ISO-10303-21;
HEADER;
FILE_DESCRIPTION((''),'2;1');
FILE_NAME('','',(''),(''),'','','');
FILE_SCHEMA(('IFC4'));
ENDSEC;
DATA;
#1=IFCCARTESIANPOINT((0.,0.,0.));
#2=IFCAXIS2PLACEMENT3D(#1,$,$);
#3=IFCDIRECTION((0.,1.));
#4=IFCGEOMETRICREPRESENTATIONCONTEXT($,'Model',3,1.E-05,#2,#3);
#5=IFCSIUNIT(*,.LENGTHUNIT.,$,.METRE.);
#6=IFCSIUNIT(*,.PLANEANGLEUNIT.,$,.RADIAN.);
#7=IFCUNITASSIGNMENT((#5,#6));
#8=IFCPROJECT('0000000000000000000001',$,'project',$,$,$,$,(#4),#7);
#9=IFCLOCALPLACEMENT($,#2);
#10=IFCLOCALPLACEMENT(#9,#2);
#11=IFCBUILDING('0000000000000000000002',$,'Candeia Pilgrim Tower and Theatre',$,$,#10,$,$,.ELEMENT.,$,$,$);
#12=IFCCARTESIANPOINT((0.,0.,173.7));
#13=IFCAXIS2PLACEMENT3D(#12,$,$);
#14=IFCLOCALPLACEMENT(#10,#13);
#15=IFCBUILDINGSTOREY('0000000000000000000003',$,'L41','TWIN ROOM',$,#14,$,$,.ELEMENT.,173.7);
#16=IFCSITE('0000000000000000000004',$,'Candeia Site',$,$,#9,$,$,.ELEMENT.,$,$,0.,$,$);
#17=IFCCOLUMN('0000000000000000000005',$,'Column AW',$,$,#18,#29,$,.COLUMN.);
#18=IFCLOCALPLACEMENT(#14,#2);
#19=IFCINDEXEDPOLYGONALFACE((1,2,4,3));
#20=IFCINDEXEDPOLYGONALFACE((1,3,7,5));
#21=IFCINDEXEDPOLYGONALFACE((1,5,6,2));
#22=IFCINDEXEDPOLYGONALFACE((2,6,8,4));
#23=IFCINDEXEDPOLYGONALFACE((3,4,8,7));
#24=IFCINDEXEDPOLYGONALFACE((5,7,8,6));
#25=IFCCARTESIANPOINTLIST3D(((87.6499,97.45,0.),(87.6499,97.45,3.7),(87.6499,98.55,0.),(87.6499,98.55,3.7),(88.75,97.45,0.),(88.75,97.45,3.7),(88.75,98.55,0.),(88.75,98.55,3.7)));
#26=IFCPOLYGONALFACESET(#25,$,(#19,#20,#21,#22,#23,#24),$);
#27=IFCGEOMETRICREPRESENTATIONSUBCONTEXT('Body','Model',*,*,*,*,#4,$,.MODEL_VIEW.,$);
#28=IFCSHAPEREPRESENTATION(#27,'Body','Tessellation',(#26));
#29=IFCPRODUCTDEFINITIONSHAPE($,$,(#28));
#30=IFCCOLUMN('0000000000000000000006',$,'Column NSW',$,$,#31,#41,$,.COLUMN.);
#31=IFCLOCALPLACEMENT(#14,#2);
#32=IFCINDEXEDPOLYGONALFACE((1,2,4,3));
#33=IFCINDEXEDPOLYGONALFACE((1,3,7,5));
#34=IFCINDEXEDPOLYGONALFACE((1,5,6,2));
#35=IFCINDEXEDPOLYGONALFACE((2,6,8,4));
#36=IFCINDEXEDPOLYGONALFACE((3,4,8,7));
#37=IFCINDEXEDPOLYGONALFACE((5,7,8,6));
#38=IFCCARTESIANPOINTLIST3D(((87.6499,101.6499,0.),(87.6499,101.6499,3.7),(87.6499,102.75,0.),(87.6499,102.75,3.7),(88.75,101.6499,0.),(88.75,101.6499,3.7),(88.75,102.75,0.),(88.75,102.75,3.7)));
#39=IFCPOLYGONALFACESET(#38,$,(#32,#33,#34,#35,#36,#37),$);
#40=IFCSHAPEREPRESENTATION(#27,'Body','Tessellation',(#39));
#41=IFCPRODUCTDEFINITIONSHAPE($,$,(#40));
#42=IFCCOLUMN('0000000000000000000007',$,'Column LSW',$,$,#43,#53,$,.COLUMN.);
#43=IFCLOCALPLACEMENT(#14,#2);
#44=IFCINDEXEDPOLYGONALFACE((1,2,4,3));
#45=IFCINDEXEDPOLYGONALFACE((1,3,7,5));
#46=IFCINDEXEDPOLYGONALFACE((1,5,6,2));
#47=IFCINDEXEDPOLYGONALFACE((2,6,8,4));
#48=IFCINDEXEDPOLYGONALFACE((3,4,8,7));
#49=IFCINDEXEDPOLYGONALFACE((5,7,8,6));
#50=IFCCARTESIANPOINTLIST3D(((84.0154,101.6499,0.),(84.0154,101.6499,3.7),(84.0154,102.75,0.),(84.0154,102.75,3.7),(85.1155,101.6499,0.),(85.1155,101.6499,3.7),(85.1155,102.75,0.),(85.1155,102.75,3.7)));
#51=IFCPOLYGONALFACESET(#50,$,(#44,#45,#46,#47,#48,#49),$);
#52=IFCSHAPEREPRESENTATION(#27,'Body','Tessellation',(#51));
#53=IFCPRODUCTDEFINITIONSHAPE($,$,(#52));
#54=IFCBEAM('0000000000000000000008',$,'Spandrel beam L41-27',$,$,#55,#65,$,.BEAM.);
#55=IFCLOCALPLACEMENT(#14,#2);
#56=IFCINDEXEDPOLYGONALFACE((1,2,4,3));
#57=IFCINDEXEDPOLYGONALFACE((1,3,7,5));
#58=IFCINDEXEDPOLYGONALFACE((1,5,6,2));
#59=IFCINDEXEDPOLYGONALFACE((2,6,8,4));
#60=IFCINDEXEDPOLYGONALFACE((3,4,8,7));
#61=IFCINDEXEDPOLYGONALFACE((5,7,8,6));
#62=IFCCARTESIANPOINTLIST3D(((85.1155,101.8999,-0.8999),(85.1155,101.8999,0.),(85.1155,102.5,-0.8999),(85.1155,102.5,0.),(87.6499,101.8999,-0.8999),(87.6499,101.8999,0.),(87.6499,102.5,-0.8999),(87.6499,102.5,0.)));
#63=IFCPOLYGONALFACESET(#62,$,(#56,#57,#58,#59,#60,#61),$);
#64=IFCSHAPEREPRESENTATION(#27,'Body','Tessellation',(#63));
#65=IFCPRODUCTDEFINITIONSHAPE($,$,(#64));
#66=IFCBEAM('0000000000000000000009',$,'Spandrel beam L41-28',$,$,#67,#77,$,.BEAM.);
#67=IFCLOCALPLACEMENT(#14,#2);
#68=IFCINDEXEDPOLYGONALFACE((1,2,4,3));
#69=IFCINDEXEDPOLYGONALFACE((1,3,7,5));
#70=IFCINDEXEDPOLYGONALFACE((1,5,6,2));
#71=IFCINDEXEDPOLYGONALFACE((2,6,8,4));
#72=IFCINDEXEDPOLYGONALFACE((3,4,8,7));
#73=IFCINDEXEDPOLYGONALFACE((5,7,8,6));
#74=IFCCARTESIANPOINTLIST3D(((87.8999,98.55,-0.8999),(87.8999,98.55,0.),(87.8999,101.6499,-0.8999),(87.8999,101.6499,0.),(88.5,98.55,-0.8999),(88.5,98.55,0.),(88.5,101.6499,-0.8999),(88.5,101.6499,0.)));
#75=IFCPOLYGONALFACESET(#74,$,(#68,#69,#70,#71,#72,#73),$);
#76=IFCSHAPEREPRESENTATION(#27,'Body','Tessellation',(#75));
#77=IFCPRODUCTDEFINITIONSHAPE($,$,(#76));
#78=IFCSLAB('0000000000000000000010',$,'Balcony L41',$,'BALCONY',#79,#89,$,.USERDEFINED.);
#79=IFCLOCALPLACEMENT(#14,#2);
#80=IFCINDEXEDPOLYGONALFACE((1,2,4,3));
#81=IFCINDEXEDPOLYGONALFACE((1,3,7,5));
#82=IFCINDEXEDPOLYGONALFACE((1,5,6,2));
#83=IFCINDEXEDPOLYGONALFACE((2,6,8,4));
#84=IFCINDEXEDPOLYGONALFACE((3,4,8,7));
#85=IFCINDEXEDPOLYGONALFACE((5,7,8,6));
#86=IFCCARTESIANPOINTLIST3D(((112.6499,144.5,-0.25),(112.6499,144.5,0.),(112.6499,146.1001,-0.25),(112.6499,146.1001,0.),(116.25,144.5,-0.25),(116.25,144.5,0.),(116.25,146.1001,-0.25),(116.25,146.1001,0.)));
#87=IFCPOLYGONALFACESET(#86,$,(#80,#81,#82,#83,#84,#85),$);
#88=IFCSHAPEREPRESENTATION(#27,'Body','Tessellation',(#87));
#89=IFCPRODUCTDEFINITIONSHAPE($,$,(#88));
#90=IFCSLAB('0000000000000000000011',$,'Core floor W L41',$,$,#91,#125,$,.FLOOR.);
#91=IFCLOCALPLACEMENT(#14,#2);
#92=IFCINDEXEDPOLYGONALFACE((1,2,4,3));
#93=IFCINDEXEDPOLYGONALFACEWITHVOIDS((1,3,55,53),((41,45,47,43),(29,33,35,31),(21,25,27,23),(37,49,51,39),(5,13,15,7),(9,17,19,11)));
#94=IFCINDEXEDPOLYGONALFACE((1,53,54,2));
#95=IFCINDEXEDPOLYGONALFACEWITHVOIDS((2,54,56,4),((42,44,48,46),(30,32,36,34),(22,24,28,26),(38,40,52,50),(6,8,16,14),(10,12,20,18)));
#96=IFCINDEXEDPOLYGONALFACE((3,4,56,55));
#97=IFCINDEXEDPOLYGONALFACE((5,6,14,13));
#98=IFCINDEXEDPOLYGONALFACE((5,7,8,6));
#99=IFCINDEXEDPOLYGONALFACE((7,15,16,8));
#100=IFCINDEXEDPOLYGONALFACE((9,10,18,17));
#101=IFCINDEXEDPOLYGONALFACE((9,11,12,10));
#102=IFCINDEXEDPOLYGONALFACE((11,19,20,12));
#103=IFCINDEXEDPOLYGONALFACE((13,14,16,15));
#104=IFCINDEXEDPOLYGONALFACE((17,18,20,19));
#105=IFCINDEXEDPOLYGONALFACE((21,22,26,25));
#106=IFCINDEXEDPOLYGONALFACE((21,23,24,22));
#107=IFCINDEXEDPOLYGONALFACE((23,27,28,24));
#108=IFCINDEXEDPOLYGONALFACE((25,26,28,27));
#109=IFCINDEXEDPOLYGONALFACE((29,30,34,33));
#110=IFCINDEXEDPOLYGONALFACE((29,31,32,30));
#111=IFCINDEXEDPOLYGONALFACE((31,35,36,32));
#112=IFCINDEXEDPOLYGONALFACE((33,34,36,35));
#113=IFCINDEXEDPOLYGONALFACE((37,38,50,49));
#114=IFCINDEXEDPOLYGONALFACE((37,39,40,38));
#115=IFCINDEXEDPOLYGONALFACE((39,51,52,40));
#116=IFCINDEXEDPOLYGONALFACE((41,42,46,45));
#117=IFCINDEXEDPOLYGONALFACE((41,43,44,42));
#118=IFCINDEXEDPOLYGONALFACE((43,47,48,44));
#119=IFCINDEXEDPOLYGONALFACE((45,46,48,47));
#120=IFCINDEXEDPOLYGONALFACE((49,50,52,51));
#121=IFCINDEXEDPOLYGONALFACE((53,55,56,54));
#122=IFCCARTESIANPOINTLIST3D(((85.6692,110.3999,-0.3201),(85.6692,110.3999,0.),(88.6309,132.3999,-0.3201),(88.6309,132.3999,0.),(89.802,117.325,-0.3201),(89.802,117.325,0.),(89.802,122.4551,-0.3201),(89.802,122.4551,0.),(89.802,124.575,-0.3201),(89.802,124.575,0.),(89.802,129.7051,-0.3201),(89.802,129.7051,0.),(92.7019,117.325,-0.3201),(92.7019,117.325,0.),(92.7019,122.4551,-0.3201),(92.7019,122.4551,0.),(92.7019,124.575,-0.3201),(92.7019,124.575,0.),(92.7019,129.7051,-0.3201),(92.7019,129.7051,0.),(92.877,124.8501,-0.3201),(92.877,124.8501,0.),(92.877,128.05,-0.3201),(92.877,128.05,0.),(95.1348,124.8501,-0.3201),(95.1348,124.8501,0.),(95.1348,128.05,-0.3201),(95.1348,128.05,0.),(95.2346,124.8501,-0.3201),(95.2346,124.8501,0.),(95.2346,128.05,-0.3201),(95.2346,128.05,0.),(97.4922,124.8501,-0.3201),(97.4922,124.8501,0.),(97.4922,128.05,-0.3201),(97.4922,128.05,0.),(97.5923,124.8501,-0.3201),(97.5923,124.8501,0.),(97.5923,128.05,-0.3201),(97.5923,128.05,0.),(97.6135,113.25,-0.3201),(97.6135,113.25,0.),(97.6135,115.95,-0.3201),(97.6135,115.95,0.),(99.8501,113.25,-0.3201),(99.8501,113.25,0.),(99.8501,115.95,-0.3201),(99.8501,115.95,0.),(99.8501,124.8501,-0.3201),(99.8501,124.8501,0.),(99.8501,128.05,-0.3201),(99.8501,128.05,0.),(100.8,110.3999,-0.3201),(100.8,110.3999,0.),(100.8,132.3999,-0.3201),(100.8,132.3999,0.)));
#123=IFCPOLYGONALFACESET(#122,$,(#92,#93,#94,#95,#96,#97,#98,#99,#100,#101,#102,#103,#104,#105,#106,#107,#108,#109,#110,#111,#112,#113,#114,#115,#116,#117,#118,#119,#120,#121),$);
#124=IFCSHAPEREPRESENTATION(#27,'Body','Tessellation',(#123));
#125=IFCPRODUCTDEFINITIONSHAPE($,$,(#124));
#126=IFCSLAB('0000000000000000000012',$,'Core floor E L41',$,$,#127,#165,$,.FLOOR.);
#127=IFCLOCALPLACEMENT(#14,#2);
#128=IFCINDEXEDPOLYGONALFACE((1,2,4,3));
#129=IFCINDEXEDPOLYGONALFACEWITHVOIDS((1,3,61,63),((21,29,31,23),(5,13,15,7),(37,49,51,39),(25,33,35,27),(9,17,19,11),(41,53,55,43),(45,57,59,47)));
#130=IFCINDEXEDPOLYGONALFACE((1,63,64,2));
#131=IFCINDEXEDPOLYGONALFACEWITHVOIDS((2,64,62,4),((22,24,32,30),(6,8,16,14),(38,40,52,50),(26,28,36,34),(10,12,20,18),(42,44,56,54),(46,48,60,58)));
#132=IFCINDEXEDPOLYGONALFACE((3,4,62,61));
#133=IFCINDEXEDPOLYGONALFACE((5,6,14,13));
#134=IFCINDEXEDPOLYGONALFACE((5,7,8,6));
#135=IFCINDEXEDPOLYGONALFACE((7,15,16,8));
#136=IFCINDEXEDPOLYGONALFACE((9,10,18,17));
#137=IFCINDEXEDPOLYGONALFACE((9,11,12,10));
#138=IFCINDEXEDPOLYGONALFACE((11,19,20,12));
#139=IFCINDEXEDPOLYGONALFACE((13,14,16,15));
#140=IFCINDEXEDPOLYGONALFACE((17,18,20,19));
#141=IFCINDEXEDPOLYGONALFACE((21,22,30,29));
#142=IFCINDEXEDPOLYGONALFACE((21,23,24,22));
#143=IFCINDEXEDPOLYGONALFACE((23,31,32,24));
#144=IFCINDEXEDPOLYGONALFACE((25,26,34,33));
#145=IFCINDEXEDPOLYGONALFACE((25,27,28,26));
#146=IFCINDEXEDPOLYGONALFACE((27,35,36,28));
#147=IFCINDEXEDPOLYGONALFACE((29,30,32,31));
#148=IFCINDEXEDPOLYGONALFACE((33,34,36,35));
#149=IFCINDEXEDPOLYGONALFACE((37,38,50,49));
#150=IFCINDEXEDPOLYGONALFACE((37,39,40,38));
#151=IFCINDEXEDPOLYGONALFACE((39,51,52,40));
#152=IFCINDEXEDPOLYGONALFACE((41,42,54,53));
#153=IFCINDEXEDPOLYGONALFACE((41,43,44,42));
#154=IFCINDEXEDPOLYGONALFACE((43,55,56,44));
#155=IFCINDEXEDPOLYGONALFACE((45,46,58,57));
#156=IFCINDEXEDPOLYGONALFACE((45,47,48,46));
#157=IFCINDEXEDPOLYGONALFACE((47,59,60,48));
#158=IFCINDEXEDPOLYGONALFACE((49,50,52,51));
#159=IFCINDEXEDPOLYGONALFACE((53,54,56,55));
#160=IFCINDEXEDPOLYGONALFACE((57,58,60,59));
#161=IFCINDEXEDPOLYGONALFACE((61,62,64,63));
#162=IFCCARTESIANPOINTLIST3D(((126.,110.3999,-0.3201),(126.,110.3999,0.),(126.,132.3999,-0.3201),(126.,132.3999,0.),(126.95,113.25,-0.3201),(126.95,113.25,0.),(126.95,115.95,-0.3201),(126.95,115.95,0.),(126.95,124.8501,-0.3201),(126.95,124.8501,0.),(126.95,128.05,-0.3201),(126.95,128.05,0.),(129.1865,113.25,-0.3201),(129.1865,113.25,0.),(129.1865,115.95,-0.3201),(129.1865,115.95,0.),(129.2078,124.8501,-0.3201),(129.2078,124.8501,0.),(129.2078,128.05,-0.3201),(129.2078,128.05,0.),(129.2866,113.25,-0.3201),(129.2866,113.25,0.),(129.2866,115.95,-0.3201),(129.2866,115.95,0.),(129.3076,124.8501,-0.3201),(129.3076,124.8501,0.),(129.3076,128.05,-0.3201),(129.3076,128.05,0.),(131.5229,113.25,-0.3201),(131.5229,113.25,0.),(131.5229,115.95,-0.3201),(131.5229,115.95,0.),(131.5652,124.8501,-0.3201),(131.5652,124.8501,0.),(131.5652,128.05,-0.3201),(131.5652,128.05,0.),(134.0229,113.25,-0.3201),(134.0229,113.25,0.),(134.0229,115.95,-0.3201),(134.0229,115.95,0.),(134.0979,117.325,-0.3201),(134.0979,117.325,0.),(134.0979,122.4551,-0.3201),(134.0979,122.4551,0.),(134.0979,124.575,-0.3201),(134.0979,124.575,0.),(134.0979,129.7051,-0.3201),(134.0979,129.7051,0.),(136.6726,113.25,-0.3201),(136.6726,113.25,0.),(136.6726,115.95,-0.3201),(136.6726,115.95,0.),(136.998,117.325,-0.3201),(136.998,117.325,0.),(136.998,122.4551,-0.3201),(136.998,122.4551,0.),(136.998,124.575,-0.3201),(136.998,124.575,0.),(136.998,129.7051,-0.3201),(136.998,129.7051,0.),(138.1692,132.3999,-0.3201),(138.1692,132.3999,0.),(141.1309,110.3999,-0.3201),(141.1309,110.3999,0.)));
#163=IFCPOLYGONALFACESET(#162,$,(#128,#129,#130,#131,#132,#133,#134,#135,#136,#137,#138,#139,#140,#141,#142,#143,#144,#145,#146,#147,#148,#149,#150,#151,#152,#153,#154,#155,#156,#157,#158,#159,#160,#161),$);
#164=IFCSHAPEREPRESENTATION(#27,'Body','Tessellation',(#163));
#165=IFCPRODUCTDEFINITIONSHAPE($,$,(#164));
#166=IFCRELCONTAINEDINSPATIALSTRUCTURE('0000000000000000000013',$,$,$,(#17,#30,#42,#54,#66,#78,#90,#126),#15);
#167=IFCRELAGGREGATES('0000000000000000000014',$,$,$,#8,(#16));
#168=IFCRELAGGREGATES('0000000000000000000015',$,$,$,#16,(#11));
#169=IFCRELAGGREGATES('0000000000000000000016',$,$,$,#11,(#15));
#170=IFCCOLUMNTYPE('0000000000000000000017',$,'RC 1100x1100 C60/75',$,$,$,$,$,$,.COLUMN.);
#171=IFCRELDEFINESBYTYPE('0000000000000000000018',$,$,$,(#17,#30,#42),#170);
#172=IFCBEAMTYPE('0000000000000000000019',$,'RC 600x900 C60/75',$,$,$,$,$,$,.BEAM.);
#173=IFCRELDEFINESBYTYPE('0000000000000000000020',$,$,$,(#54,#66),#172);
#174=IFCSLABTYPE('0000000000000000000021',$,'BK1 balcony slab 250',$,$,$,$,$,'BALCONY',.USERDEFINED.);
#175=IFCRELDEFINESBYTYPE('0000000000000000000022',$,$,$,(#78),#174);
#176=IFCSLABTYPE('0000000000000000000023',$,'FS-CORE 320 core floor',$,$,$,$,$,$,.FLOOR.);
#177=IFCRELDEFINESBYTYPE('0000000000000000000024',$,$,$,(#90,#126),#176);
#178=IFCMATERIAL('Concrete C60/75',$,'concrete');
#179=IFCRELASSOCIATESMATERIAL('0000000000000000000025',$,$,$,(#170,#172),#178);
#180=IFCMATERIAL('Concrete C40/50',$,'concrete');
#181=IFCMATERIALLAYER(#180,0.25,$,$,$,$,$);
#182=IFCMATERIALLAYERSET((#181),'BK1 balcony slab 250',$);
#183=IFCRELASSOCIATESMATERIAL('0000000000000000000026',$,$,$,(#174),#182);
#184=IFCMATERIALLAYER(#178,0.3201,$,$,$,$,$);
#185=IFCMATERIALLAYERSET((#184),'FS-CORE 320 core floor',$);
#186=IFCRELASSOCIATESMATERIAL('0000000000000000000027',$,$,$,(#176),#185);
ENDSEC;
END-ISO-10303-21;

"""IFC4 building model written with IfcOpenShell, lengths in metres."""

from ifc_helpers import new_model, si_unit, direction, frame, origin, origin_2d, place, context, subcontext, project, spatial, polyline, rectangle, outline, extrude, material, layer, layer_set, material_profile, profile_set, type_object, element, save


model = new_model("IFC4")

# Units and contexts
model_context = context("Model", 3, precision=1e-05, world=origin(), true_north=direction((0.0, 1.0)))
body_context = subcontext(model_context, "Body", "Model", "MODEL_VIEW")
ifc_project = project(units=[si_unit("LENGTHUNIT", "METRE"), si_unit("PLANEANGLEUNIT", "RADIAN")], contexts=[model_context])

# Site, building, storey
site_placement = place(None, origin())
site = spatial("IfcSite", under=ifc_project, at=site_placement, Name="Candeia Site", CompositionType="ELEMENT", RefElevation=0.0)
building_placement = place(site_placement, origin())
building = spatial("IfcBuilding", under=site, at=building_placement, Name="Candeia Pilgrim Tower and Theatre", CompositionType="ELEMENT")
storey_placement = place(building_placement, frame((0.0, 0.0, 173.7)))
storey = spatial("IfcBuildingStorey", under=building, at=storey_placement, Name="L41", Description="TWIN ROOM", CompositionType="ELEMENT", Elevation=173.7)

# Columns
ifc_material_1 = material(Name="Concrete C60/75", Category="concrete")
ifc_material_profile_1 = material_profile(ifc_material_1, rectangle(XDim=1.1001, YDim=1.1001, at=origin_2d()))
ifc_profile_set_1 = profile_set([ifc_material_profile_1], Name="Concrete C60/75")
column_type = type_object("IfcColumnType", Name="RC 1100x1100 C60/75", PredefinedType="COLUMN", material=ifc_profile_set_1)
for number, where, z_axis, x_axis, name in (
    (1, (88.2, 98.0, 0.0), (0.0, 0.0, 1.0), (1.0, 0.0, 0.0), "Column AW"),
    (2, (88.2, 102.2, 0.0), (0.0, 0.0, 1.0), (1.0, 0.0, 0.0), "Column NSW"),
    (3, (84.5654, 102.2, 0.0), (0.0, 0.0, 1.0), (1.0, 0.0, 0.0), "Column LSW"),
):
    element("IfcColumn", number, at=place(storey_placement, frame(where, z_axis=z_axis, x_axis=x_axis)), inside=storey, type_object=column_type, Name=name, PredefinedType="COLUMN", context=body_context, shape_type="SweptSolid", body=[
        extrude(rectangle(XDim=1.1001, YDim=1.1001, at=origin_2d()), origin(), (0.0, 0.0, 1.0), 3.7),
    ])

# Beams
ifc_material_profile_2 = material_profile(ifc_material_1, rectangle(XDim=0.6001, YDim=0.8999, at=origin_2d()))
ifc_profile_set_2 = profile_set([ifc_material_profile_2], Name="Concrete C60/75")
beam_type = type_object("IfcBeamType", Name="RC 600x900 C60/75", PredefinedType="BEAM", material=ifc_profile_set_2)
beam_1_placement = place(storey_placement, frame((85.1155, 102.2, -0.45), z_axis=(1.0, 0.0, 0.0), x_axis=(0.0, 1.0, 0.0)))
element("IfcBeam", 4, at=beam_1_placement, inside=storey, type_object=beam_type, Name="Spandrel beam L41-27", PredefinedType="BEAM", context=body_context, shape_type="SweptSolid", body=[
    extrude(rectangle(XDim=0.6001, YDim=0.8999, at=origin_2d()), origin(), (0.0, 0.0, 1.0), 2.5344),
])
beam_2_placement = place(storey_placement, frame((88.2, 101.6499, -0.45), z_axis=(0.0, -1.0, 0.0), x_axis=(1.0, 0.0, 0.0)))
element("IfcBeam", 5, at=beam_2_placement, inside=storey, type_object=beam_type, Name="Spandrel beam L41-28", PredefinedType="BEAM", context=body_context, shape_type="SweptSolid", body=[
    extrude(rectangle(XDim=0.6001, YDim=0.8999, at=origin_2d()), origin(), (0.0, 0.0, 1.0), 3.0999),
])

# Slabs
ifc_material_2 = material(Name="Concrete C40/50", Category="concrete")
ifc_layer_1 = layer(ifc_material_2, 0.25)
ifc_layer_set_1 = layer_set([ifc_layer_1], Name="BK1 balcony slab 250")
slab_type_1 = type_object("IfcSlabType", Name="BK1 balcony slab 250", ElementType="BALCONY", PredefinedType="USERDEFINED", material=ifc_layer_set_1)
slab_1_placement = place(storey_placement, frame((0.0, 0.0, -0.25)))
element("IfcSlab", 6, at=slab_1_placement, inside=storey, type_object=slab_type_1, Name="Balcony L41", ObjectType="BALCONY", PredefinedType="USERDEFINED", context=body_context, shape_type="SweptSolid", body=[
    extrude(outline(polyline([(112.6499, 144.5), (116.25, 144.5), (116.25, 146.1001), (112.6499, 146.1001), (112.6499, 144.5)])), origin(), (0.0, 0.0, 1.0), 0.25),
])
ifc_layer_2 = layer(ifc_material_1, 0.3201)
ifc_layer_set_2 = layer_set([ifc_layer_2], Name="FS-CORE 320 core floor")
slab_type_2 = type_object("IfcSlabType", Name="FS-CORE 320 core floor", PredefinedType="FLOOR", material=ifc_layer_set_2)
slab_2_placement = place(storey_placement, frame((0.0, 0.0, -0.3201)))
element("IfcSlab", 7, at=slab_2_placement, inside=storey, type_object=slab_type_2, Name="Core floor W L41", PredefinedType="FLOOR", context=body_context, shape_type="SweptSolid", body=[
    extrude(outline(polyline([(100.8, 132.3999), (100.8, 110.3999), (85.6692, 110.3999), (88.6309, 132.3999), (100.8, 132.3999)]), holes=[polyline([(97.5923, 128.05), (97.5923, 124.8501), (99.8501, 124.8501), (99.8501, 128.05), (97.5923, 128.05)]), polyline([(97.6135, 113.25), (99.8501, 113.25), (99.8501, 115.95), (97.6135, 115.95), (97.6135, 113.25)]), polyline([(95.2346, 124.8501), (97.4922, 124.8501), (97.4922, 128.05), (95.2346, 128.05), (95.2346, 124.8501)]), polyline([(92.877, 128.05), (92.877, 124.8501), (95.1348, 124.8501), (95.1348, 128.05), (92.877, 128.05)]), polyline([(89.802, 122.4551), (89.802, 117.325), (92.7019, 117.325), (92.7019, 122.4551), (89.802, 122.4551)]), polyline([(89.802, 129.7051), (89.802, 124.575), (92.7019, 124.575), (92.7019, 129.7051), (89.802, 129.7051)])]), origin(), (0.0, 0.0, 1.0), 0.3201),
])
slab_3_placement = place(storey_placement, frame((0.0, 0.0, -0.3201)))
element("IfcSlab", 8, at=slab_3_placement, inside=storey, type_object=slab_type_2, Name="Core floor E L41", PredefinedType="FLOOR", context=body_context, shape_type="SweptSolid", body=[
    extrude(outline(polyline([(138.1692, 132.3999), (141.1309, 110.3999), (126.0, 110.3999), (126.0, 132.3999), (138.1692, 132.3999)]), holes=[polyline([(134.0979, 122.4551), (134.0979, 117.325), (136.998, 117.325), (136.998, 122.4551), (134.0979, 122.4551)]), polyline([(134.0979, 129.7051), (134.0979, 124.575), (136.998, 124.575), (136.998, 129.7051), (134.0979, 129.7051)]), polyline([(136.6726, 115.95), (134.0229, 115.95), (134.0229, 113.25), (136.6726, 113.25), (136.6726, 115.95)]), polyline([(131.5652, 128.05), (129.3076, 128.05), (129.3076, 124.8501), (131.5652, 124.8501), (131.5652, 128.05)]), polyline([(131.5229, 115.95), (129.2866, 115.95), (129.2866, 113.25), (131.5229, 113.25), (131.5229, 115.95)]), polyline([(129.2078, 128.05), (126.95, 128.05), (126.95, 124.8501), (129.2078, 124.8501), (129.2078, 128.05)]), polyline([(126.95, 115.95), (126.95, 113.25), (129.1865, 113.25), (129.1865, 115.95), (126.95, 115.95)])]), origin(), (0.0, 0.0, 1.0), 0.3201),
])

save(model, "model.ifc")
